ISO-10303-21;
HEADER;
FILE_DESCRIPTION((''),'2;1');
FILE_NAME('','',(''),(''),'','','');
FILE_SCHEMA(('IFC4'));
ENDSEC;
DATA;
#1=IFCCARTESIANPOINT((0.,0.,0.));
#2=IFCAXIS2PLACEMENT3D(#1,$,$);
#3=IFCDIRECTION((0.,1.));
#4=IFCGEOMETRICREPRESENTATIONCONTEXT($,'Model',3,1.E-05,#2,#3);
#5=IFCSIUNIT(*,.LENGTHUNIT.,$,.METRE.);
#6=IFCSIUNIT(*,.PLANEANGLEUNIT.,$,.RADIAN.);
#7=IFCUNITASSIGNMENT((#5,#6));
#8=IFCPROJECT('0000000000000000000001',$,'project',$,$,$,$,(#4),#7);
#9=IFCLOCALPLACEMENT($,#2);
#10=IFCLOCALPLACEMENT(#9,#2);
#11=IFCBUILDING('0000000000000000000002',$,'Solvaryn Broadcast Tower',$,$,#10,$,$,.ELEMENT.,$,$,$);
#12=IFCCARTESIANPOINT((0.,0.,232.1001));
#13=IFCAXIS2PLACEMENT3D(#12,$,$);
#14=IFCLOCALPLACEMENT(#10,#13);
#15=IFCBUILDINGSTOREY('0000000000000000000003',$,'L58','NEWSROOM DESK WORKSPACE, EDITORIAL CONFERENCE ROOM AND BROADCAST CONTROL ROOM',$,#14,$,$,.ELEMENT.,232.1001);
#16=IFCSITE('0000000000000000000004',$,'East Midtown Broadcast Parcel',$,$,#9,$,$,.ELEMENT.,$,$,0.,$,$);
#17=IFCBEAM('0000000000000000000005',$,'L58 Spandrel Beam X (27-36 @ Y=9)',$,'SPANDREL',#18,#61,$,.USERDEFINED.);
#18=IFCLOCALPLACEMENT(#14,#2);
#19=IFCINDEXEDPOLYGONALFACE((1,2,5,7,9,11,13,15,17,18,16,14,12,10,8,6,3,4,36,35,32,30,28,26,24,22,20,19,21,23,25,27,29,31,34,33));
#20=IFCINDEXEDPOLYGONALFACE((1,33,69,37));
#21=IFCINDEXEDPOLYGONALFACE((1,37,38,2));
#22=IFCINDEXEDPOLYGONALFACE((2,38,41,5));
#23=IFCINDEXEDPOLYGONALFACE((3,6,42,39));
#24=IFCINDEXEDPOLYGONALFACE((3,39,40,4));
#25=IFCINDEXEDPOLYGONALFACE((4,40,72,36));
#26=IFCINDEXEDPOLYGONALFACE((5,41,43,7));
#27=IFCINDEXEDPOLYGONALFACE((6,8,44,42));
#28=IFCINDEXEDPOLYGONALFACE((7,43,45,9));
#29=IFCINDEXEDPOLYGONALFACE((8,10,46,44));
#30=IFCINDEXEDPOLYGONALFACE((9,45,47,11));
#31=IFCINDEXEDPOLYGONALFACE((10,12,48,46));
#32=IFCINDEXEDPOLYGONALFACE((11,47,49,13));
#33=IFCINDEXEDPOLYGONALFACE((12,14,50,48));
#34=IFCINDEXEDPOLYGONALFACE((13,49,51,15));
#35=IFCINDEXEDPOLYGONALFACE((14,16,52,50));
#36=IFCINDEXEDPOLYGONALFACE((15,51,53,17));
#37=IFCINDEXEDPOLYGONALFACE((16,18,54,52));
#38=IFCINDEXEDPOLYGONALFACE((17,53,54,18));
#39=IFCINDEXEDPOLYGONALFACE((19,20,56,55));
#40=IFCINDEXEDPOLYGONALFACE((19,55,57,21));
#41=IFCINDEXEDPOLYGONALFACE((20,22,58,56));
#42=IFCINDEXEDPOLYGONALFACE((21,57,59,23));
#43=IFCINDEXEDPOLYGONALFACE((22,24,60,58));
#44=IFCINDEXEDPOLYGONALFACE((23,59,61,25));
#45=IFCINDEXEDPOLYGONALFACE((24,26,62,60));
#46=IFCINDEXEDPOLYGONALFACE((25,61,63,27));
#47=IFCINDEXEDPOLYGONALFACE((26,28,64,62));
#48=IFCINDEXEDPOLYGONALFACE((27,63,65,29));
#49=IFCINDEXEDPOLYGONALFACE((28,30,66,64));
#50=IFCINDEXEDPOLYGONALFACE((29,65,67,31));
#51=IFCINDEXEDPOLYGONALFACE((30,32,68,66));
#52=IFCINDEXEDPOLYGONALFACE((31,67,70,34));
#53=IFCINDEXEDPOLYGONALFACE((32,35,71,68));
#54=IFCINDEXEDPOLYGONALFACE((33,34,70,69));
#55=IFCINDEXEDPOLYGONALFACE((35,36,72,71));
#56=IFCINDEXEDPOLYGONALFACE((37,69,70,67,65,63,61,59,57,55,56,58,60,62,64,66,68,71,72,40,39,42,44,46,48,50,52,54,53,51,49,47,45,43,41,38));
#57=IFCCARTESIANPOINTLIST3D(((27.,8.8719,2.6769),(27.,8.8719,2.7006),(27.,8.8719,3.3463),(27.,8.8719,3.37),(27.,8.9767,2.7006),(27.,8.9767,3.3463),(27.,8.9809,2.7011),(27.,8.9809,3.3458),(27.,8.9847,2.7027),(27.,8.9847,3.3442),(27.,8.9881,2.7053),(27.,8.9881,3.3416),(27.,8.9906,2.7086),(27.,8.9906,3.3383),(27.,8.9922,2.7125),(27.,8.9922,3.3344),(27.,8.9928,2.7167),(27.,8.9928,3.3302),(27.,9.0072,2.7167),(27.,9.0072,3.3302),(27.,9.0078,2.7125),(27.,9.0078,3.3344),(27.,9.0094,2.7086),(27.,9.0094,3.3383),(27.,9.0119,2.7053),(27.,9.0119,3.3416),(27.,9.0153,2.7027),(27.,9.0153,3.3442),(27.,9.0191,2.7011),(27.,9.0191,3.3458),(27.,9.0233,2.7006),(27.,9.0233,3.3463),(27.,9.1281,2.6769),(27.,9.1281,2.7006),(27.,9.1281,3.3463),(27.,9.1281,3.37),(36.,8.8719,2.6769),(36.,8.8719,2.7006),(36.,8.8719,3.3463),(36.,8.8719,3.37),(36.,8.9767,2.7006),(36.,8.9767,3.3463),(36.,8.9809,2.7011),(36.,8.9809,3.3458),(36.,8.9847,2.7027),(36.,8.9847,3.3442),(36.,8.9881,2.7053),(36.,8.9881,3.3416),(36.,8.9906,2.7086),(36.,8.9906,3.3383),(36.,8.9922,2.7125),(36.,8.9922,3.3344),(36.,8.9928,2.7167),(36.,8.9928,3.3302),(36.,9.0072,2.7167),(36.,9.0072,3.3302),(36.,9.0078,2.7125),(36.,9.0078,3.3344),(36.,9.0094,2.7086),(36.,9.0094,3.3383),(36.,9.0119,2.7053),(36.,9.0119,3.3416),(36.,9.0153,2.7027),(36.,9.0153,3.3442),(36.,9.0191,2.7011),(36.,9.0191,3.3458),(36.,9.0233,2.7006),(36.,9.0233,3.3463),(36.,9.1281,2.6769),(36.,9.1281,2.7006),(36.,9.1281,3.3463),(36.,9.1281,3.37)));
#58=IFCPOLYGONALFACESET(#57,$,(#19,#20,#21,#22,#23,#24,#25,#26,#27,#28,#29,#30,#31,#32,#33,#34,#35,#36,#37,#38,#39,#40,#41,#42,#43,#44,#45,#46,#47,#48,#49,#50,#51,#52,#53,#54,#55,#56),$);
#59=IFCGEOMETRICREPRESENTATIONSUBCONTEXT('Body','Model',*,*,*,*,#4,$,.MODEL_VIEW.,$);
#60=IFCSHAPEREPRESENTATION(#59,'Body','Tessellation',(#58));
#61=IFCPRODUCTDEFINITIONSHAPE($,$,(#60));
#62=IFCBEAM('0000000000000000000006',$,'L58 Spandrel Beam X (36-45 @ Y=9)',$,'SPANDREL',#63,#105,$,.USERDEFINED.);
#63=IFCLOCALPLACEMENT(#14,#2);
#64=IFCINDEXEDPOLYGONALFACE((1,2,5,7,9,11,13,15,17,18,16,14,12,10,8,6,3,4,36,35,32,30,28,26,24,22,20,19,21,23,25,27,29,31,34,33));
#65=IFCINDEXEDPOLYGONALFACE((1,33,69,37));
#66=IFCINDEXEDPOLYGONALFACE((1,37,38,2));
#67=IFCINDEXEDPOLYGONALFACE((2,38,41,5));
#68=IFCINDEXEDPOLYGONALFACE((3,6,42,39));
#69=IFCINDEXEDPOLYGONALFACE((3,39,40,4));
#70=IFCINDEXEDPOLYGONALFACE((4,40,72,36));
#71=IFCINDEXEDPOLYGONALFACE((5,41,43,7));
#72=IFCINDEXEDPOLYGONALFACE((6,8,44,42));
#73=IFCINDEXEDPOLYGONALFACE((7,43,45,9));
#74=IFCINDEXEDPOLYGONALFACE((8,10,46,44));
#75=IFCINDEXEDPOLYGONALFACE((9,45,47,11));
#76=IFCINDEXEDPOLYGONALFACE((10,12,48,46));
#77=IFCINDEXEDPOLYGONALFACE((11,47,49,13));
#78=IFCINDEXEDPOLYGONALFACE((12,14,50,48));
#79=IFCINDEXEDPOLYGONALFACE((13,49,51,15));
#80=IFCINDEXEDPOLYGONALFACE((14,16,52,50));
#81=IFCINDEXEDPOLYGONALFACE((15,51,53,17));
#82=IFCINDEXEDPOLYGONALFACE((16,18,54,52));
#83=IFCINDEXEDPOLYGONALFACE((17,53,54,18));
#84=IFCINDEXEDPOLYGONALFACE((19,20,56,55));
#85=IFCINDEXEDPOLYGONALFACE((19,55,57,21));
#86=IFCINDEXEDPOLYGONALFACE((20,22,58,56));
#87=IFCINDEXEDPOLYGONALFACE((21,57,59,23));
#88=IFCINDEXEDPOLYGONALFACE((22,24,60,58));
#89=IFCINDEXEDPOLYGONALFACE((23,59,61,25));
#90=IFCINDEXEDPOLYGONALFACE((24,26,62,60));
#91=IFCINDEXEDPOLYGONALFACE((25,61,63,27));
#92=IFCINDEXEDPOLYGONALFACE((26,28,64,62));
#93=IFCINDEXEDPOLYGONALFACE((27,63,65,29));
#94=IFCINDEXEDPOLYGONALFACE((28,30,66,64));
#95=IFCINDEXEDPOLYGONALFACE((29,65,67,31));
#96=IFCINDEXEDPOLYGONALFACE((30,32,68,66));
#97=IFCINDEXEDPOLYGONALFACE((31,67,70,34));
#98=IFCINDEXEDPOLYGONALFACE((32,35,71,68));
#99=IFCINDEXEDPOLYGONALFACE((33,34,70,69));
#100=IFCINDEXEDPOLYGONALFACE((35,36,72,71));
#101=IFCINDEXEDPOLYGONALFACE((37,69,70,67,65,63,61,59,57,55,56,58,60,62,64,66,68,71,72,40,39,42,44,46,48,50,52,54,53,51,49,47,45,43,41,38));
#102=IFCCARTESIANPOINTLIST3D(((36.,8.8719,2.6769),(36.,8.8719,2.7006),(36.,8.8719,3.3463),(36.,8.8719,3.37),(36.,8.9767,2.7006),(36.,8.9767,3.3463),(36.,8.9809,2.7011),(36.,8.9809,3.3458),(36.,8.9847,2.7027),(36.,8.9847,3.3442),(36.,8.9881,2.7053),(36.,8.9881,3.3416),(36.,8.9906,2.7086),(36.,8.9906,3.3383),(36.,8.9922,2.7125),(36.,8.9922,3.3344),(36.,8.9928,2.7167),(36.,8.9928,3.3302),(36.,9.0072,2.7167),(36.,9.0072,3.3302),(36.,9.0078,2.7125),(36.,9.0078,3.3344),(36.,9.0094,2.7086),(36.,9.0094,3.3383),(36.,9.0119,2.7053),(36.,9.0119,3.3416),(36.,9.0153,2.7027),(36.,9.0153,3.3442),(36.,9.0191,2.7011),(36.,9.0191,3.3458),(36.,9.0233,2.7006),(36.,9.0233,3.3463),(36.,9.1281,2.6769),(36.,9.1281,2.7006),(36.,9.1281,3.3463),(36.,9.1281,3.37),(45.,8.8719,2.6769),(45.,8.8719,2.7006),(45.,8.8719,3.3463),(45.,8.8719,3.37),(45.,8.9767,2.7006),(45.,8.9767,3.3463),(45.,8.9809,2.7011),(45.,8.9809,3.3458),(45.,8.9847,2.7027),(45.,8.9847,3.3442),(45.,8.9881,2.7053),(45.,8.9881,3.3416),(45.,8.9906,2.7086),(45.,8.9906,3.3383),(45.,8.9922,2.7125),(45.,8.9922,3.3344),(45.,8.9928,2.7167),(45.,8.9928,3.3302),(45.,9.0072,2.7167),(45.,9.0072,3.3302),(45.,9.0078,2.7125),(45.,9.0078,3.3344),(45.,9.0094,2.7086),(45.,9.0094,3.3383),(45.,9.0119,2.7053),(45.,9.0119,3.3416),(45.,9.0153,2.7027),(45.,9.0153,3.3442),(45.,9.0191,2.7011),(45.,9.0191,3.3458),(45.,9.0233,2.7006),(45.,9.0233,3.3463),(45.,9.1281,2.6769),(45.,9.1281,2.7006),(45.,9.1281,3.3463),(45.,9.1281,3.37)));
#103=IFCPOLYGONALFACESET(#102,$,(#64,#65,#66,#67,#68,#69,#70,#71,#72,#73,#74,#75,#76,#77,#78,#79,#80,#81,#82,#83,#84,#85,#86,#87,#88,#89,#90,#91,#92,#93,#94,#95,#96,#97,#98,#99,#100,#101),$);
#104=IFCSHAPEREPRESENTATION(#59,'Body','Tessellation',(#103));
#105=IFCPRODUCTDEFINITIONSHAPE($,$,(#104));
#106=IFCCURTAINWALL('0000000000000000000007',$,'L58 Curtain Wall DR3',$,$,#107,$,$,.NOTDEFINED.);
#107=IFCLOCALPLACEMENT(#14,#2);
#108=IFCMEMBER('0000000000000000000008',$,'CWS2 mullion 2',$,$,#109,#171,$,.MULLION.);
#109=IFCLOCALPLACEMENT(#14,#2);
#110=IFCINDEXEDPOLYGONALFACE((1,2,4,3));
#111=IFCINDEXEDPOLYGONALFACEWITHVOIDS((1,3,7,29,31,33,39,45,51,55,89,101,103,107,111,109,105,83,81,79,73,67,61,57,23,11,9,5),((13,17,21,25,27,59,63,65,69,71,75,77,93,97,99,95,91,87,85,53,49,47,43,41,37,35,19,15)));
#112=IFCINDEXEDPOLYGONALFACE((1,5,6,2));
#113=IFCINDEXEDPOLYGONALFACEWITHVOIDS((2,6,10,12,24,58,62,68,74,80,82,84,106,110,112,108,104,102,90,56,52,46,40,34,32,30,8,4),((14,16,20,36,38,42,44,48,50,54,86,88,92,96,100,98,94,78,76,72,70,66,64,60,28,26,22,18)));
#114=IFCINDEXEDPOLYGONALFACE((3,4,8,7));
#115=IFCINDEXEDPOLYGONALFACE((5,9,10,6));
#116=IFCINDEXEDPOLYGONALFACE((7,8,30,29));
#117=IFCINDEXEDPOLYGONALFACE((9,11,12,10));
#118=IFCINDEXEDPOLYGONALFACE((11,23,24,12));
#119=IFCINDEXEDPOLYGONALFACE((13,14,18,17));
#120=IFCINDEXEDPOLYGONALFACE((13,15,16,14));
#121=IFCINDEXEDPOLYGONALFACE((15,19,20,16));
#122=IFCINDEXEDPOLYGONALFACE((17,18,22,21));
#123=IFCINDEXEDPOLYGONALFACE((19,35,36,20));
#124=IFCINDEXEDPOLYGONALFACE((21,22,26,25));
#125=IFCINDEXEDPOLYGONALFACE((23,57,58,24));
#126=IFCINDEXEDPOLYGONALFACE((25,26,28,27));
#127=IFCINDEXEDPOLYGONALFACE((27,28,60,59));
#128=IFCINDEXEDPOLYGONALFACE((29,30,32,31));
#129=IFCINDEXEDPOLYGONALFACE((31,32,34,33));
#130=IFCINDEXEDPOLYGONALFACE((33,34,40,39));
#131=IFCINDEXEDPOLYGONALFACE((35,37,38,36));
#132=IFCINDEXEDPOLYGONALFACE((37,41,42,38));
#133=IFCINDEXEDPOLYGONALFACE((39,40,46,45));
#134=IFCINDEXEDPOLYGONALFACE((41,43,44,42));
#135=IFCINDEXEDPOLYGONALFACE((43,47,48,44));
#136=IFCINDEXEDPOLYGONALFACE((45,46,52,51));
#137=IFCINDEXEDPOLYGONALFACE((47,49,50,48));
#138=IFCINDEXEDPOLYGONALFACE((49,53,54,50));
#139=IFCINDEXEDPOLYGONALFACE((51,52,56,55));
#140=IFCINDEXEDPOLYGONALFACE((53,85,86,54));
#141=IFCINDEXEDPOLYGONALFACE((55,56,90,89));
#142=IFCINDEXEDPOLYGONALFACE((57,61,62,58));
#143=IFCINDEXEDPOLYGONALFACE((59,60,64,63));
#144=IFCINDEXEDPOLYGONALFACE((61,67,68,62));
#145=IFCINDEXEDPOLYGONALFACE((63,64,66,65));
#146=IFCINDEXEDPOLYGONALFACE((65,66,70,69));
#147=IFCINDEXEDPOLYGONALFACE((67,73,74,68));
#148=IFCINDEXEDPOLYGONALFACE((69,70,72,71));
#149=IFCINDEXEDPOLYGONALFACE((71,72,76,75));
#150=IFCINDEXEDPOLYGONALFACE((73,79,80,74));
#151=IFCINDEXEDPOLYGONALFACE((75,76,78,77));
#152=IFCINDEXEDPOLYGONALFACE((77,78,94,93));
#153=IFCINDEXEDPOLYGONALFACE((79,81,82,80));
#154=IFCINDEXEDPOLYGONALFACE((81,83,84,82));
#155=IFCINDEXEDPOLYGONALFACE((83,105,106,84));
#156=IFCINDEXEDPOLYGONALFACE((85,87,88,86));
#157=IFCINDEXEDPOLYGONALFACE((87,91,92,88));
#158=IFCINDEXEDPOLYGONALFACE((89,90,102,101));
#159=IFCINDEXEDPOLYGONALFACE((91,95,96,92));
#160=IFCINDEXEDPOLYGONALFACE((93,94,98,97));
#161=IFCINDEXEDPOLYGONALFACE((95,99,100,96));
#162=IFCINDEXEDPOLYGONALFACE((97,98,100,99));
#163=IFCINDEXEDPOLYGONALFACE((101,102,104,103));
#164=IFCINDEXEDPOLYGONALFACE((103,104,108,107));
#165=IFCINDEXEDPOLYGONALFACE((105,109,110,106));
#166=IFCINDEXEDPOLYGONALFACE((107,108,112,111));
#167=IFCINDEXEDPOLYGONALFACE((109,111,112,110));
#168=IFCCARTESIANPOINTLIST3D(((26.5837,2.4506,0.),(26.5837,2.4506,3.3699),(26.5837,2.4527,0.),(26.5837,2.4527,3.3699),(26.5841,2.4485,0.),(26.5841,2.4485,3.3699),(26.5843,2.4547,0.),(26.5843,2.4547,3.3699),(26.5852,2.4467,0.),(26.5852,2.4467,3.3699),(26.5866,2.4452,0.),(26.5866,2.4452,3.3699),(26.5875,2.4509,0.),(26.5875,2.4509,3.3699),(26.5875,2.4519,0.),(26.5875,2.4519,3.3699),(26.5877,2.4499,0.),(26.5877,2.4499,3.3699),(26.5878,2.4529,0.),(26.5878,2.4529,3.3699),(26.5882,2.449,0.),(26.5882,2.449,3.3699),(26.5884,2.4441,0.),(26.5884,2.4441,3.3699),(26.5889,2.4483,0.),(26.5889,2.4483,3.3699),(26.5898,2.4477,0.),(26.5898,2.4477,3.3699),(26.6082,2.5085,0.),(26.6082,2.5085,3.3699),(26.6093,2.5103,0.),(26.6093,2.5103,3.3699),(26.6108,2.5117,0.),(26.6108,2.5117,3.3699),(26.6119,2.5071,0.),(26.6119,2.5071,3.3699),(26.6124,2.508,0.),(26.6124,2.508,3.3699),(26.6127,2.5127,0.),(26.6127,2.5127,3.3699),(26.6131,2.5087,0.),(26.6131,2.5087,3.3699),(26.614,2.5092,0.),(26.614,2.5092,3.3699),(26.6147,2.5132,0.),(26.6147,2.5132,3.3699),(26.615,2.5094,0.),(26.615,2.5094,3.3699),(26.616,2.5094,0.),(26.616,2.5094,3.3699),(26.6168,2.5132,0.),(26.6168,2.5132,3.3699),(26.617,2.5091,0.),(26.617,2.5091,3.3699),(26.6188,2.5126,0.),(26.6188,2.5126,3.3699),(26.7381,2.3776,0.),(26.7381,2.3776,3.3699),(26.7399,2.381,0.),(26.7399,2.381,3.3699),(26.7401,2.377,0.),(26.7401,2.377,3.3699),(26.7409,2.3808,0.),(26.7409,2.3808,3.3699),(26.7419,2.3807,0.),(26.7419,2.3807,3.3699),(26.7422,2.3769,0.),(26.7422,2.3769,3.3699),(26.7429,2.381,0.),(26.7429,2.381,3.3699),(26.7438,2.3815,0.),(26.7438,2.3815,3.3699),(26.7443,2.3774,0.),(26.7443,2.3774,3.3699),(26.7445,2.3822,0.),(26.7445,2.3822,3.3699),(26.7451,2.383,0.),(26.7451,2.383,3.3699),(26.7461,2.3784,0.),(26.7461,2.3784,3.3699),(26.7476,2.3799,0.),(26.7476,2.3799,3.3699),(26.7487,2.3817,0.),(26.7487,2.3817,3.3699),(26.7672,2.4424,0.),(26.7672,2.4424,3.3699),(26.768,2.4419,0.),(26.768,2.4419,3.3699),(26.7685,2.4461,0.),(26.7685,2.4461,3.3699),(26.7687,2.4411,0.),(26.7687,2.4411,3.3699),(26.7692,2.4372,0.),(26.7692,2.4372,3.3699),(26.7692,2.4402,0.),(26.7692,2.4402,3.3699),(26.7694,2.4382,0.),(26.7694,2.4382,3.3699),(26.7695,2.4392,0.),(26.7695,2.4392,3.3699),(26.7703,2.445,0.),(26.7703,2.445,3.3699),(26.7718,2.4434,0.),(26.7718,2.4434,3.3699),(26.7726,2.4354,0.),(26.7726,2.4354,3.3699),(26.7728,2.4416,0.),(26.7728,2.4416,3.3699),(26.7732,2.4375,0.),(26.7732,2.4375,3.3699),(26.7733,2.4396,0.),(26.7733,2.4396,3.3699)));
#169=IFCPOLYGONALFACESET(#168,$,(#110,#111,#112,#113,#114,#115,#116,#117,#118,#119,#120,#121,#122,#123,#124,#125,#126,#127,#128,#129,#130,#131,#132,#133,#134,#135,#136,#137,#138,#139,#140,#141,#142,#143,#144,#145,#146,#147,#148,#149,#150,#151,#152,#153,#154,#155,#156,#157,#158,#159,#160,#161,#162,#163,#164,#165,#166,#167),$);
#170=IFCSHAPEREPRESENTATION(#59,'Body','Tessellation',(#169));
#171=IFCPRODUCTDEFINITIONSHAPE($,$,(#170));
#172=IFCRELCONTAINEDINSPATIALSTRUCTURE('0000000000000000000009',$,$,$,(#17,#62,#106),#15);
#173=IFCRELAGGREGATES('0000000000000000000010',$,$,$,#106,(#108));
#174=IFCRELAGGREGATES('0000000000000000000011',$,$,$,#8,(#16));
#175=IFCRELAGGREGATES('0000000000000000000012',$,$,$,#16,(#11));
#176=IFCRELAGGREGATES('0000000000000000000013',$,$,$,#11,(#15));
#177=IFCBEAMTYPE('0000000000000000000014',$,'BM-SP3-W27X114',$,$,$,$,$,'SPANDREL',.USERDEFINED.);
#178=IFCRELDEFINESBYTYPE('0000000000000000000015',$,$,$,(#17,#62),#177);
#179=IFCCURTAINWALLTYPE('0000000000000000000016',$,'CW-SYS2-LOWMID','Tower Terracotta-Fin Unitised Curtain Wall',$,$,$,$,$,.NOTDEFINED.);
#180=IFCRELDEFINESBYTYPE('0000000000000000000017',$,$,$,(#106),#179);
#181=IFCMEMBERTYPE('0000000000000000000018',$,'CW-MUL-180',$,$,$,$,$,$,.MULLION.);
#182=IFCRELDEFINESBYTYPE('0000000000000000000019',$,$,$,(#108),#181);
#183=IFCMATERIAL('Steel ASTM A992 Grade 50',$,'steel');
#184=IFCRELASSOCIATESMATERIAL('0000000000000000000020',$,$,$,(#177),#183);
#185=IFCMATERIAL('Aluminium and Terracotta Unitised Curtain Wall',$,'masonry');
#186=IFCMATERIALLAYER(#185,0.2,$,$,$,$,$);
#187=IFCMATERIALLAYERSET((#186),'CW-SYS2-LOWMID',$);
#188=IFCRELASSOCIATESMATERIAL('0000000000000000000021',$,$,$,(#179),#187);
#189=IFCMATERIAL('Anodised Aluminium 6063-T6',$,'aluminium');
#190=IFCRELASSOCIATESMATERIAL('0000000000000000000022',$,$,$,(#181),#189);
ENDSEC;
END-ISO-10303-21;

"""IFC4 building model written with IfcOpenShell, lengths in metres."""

from ifc_helpers import new_model, si_unit, direction, frame, origin, origin_2d, place, context, subcontext, project, spatial, hollow_rectangle, i_section, extrude, material, layer, layer_set, material_profile, profile_set, type_object, element, aggregate, save


model = new_model("IFC4")

# Units and contexts
model_context = context("Model", 3, precision=1e-05, world=origin(), true_north=direction((0.0, 1.0)))
body_context = subcontext(model_context, "Body", "Model", "MODEL_VIEW")
ifc_project = project(units=[si_unit("LENGTHUNIT", "METRE"), si_unit("PLANEANGLEUNIT", "RADIAN")], contexts=[model_context])

# Site, building, storey
site_placement = place(None, origin())
site = spatial("IfcSite", under=ifc_project, at=site_placement, Name="East Midtown Broadcast Parcel", CompositionType="ELEMENT", RefElevation=0.0)
building_placement = place(site_placement, origin())
building = spatial("IfcBuilding", under=site, at=building_placement, Name="Solvaryn Broadcast Tower", CompositionType="ELEMENT")
storey_placement = place(building_placement, frame((0.0, 0.0, 232.1001)))
storey = spatial("IfcBuildingStorey", under=building, at=storey_placement, Name="L58", Description="NEWSROOM DESK WORKSPACE, EDITORIAL CONFERENCE ROOM AND BROADCAST CONTROL ROOM", CompositionType="ELEMENT", Elevation=232.1001)

# Beams
ifc_material_1 = material(Name="Steel ASTM A992 Grade 50", Category="steel")
ifc_material_profile_1 = material_profile(ifc_material_1, i_section(OverallWidth=0.2561, OverallDepth=0.6931, WebThickness=0.0144, FlangeThickness=0.0237, FilletRadius=0.0161, at=origin_2d()))
ifc_profile_set_1 = profile_set([ifc_material_profile_1], Name="Steel ASTM A992 Grade 50")
beam_type_1 = type_object("IfcBeamType", Name="BM-SP3-W27X114", ElementType="SPANDREL", PredefinedType="USERDEFINED", material=ifc_profile_set_1)
for number, where, z_axis, x_axis, name in (
    (1, (27.0, 9.0, 3.0234), (1.0, 0.0, 0.0), (0.0, 1.0, 0.0), "L58 Spandrel Beam X (27-36 @ Y=9)"),
    (2, (36.0, 9.0, 3.0234), (1.0, 0.0, 0.0), (0.0, 1.0, 0.0), "L58 Spandrel Beam X (36-45 @ Y=9)"),
):
    element("IfcBeam", number, at=place(storey_placement, frame(where, z_axis=z_axis, x_axis=x_axis)), inside=storey, type_object=beam_type_1, Name=name, ObjectType="SPANDREL", PredefinedType="USERDEFINED", context=body_context, shape_type="SweptSolid", body=[
        extrude(i_section(OverallWidth=0.2561, OverallDepth=0.6931, WebThickness=0.0144, FlangeThickness=0.0237, FilletRadius=0.0161, at=origin_2d()), origin(), (0.0, 0.0, 1.0), 9.0),
    ])

# Curtain wall, member
ifc_material_2 = material(Name="Aluminium and Terracotta Unitised Curtain Wall", Category="masonry")
ifc_layer_1 = layer(ifc_material_2, 0.2)
ifc_layer_set_1 = layer_set([ifc_layer_1], Name="CW-SYS2-LOWMID")
curtain_wall_type = type_object("IfcCurtainWallType", Name="CW-SYS2-LOWMID", Description="Tower Terracotta-Fin Unitised Curtain Wall", PredefinedType="NOTDEFINED", material=ifc_layer_set_1)
curtain_wall_1_placement = place(storey_placement, origin())
curtain_wall_1 = element("IfcCurtainWall", 3, at=curtain_wall_1_placement, inside=storey, type_object=curtain_wall_type, Name="L58 Curtain Wall DR3", PredefinedType="NOTDEFINED")
ifc_material_3 = material(Name="Anodised Aluminium 6063-T6", Category="aluminium")
ifc_material_profile_2 = material_profile(ifc_material_3, hollow_rectangle(XDim=0.075, YDim=0.1799, WallThickness=0.0039, InnerFilletRadius=0.0039, OuterFilletRadius=0.0081, at=origin_2d()))
ifc_profile_set_2 = profile_set([ifc_material_profile_2], Name="Anodised Aluminium 6063-T6")
member_type_1 = type_object("IfcMemberType", Name="CW-MUL-180", PredefinedType="MULLION", material=ifc_profile_set_2)
member_1_placement = place(storey_placement, frame((26.6785, 2.4451, 0.0), z_axis=(0.0, 0.0, 1.0), x_axis=(0.405901, 0.913917, 0.0)))
member_1 = element("IfcMember", 4, at=member_1_placement, type_object=member_type_1, Name="CWS2 mullion 2", PredefinedType="MULLION", context=body_context, shape_type="SweptSolid", body=[
    extrude(hollow_rectangle(XDim=0.075, YDim=0.1799, WallThickness=0.0039, InnerFilletRadius=0.0039, OuterFilletRadius=0.0081, at=origin_2d()), origin(), (0.0, 0.0, 1.0), 3.3699),
])
aggregate(curtain_wall_1, [member_1])

save(model, "model.ifc")
